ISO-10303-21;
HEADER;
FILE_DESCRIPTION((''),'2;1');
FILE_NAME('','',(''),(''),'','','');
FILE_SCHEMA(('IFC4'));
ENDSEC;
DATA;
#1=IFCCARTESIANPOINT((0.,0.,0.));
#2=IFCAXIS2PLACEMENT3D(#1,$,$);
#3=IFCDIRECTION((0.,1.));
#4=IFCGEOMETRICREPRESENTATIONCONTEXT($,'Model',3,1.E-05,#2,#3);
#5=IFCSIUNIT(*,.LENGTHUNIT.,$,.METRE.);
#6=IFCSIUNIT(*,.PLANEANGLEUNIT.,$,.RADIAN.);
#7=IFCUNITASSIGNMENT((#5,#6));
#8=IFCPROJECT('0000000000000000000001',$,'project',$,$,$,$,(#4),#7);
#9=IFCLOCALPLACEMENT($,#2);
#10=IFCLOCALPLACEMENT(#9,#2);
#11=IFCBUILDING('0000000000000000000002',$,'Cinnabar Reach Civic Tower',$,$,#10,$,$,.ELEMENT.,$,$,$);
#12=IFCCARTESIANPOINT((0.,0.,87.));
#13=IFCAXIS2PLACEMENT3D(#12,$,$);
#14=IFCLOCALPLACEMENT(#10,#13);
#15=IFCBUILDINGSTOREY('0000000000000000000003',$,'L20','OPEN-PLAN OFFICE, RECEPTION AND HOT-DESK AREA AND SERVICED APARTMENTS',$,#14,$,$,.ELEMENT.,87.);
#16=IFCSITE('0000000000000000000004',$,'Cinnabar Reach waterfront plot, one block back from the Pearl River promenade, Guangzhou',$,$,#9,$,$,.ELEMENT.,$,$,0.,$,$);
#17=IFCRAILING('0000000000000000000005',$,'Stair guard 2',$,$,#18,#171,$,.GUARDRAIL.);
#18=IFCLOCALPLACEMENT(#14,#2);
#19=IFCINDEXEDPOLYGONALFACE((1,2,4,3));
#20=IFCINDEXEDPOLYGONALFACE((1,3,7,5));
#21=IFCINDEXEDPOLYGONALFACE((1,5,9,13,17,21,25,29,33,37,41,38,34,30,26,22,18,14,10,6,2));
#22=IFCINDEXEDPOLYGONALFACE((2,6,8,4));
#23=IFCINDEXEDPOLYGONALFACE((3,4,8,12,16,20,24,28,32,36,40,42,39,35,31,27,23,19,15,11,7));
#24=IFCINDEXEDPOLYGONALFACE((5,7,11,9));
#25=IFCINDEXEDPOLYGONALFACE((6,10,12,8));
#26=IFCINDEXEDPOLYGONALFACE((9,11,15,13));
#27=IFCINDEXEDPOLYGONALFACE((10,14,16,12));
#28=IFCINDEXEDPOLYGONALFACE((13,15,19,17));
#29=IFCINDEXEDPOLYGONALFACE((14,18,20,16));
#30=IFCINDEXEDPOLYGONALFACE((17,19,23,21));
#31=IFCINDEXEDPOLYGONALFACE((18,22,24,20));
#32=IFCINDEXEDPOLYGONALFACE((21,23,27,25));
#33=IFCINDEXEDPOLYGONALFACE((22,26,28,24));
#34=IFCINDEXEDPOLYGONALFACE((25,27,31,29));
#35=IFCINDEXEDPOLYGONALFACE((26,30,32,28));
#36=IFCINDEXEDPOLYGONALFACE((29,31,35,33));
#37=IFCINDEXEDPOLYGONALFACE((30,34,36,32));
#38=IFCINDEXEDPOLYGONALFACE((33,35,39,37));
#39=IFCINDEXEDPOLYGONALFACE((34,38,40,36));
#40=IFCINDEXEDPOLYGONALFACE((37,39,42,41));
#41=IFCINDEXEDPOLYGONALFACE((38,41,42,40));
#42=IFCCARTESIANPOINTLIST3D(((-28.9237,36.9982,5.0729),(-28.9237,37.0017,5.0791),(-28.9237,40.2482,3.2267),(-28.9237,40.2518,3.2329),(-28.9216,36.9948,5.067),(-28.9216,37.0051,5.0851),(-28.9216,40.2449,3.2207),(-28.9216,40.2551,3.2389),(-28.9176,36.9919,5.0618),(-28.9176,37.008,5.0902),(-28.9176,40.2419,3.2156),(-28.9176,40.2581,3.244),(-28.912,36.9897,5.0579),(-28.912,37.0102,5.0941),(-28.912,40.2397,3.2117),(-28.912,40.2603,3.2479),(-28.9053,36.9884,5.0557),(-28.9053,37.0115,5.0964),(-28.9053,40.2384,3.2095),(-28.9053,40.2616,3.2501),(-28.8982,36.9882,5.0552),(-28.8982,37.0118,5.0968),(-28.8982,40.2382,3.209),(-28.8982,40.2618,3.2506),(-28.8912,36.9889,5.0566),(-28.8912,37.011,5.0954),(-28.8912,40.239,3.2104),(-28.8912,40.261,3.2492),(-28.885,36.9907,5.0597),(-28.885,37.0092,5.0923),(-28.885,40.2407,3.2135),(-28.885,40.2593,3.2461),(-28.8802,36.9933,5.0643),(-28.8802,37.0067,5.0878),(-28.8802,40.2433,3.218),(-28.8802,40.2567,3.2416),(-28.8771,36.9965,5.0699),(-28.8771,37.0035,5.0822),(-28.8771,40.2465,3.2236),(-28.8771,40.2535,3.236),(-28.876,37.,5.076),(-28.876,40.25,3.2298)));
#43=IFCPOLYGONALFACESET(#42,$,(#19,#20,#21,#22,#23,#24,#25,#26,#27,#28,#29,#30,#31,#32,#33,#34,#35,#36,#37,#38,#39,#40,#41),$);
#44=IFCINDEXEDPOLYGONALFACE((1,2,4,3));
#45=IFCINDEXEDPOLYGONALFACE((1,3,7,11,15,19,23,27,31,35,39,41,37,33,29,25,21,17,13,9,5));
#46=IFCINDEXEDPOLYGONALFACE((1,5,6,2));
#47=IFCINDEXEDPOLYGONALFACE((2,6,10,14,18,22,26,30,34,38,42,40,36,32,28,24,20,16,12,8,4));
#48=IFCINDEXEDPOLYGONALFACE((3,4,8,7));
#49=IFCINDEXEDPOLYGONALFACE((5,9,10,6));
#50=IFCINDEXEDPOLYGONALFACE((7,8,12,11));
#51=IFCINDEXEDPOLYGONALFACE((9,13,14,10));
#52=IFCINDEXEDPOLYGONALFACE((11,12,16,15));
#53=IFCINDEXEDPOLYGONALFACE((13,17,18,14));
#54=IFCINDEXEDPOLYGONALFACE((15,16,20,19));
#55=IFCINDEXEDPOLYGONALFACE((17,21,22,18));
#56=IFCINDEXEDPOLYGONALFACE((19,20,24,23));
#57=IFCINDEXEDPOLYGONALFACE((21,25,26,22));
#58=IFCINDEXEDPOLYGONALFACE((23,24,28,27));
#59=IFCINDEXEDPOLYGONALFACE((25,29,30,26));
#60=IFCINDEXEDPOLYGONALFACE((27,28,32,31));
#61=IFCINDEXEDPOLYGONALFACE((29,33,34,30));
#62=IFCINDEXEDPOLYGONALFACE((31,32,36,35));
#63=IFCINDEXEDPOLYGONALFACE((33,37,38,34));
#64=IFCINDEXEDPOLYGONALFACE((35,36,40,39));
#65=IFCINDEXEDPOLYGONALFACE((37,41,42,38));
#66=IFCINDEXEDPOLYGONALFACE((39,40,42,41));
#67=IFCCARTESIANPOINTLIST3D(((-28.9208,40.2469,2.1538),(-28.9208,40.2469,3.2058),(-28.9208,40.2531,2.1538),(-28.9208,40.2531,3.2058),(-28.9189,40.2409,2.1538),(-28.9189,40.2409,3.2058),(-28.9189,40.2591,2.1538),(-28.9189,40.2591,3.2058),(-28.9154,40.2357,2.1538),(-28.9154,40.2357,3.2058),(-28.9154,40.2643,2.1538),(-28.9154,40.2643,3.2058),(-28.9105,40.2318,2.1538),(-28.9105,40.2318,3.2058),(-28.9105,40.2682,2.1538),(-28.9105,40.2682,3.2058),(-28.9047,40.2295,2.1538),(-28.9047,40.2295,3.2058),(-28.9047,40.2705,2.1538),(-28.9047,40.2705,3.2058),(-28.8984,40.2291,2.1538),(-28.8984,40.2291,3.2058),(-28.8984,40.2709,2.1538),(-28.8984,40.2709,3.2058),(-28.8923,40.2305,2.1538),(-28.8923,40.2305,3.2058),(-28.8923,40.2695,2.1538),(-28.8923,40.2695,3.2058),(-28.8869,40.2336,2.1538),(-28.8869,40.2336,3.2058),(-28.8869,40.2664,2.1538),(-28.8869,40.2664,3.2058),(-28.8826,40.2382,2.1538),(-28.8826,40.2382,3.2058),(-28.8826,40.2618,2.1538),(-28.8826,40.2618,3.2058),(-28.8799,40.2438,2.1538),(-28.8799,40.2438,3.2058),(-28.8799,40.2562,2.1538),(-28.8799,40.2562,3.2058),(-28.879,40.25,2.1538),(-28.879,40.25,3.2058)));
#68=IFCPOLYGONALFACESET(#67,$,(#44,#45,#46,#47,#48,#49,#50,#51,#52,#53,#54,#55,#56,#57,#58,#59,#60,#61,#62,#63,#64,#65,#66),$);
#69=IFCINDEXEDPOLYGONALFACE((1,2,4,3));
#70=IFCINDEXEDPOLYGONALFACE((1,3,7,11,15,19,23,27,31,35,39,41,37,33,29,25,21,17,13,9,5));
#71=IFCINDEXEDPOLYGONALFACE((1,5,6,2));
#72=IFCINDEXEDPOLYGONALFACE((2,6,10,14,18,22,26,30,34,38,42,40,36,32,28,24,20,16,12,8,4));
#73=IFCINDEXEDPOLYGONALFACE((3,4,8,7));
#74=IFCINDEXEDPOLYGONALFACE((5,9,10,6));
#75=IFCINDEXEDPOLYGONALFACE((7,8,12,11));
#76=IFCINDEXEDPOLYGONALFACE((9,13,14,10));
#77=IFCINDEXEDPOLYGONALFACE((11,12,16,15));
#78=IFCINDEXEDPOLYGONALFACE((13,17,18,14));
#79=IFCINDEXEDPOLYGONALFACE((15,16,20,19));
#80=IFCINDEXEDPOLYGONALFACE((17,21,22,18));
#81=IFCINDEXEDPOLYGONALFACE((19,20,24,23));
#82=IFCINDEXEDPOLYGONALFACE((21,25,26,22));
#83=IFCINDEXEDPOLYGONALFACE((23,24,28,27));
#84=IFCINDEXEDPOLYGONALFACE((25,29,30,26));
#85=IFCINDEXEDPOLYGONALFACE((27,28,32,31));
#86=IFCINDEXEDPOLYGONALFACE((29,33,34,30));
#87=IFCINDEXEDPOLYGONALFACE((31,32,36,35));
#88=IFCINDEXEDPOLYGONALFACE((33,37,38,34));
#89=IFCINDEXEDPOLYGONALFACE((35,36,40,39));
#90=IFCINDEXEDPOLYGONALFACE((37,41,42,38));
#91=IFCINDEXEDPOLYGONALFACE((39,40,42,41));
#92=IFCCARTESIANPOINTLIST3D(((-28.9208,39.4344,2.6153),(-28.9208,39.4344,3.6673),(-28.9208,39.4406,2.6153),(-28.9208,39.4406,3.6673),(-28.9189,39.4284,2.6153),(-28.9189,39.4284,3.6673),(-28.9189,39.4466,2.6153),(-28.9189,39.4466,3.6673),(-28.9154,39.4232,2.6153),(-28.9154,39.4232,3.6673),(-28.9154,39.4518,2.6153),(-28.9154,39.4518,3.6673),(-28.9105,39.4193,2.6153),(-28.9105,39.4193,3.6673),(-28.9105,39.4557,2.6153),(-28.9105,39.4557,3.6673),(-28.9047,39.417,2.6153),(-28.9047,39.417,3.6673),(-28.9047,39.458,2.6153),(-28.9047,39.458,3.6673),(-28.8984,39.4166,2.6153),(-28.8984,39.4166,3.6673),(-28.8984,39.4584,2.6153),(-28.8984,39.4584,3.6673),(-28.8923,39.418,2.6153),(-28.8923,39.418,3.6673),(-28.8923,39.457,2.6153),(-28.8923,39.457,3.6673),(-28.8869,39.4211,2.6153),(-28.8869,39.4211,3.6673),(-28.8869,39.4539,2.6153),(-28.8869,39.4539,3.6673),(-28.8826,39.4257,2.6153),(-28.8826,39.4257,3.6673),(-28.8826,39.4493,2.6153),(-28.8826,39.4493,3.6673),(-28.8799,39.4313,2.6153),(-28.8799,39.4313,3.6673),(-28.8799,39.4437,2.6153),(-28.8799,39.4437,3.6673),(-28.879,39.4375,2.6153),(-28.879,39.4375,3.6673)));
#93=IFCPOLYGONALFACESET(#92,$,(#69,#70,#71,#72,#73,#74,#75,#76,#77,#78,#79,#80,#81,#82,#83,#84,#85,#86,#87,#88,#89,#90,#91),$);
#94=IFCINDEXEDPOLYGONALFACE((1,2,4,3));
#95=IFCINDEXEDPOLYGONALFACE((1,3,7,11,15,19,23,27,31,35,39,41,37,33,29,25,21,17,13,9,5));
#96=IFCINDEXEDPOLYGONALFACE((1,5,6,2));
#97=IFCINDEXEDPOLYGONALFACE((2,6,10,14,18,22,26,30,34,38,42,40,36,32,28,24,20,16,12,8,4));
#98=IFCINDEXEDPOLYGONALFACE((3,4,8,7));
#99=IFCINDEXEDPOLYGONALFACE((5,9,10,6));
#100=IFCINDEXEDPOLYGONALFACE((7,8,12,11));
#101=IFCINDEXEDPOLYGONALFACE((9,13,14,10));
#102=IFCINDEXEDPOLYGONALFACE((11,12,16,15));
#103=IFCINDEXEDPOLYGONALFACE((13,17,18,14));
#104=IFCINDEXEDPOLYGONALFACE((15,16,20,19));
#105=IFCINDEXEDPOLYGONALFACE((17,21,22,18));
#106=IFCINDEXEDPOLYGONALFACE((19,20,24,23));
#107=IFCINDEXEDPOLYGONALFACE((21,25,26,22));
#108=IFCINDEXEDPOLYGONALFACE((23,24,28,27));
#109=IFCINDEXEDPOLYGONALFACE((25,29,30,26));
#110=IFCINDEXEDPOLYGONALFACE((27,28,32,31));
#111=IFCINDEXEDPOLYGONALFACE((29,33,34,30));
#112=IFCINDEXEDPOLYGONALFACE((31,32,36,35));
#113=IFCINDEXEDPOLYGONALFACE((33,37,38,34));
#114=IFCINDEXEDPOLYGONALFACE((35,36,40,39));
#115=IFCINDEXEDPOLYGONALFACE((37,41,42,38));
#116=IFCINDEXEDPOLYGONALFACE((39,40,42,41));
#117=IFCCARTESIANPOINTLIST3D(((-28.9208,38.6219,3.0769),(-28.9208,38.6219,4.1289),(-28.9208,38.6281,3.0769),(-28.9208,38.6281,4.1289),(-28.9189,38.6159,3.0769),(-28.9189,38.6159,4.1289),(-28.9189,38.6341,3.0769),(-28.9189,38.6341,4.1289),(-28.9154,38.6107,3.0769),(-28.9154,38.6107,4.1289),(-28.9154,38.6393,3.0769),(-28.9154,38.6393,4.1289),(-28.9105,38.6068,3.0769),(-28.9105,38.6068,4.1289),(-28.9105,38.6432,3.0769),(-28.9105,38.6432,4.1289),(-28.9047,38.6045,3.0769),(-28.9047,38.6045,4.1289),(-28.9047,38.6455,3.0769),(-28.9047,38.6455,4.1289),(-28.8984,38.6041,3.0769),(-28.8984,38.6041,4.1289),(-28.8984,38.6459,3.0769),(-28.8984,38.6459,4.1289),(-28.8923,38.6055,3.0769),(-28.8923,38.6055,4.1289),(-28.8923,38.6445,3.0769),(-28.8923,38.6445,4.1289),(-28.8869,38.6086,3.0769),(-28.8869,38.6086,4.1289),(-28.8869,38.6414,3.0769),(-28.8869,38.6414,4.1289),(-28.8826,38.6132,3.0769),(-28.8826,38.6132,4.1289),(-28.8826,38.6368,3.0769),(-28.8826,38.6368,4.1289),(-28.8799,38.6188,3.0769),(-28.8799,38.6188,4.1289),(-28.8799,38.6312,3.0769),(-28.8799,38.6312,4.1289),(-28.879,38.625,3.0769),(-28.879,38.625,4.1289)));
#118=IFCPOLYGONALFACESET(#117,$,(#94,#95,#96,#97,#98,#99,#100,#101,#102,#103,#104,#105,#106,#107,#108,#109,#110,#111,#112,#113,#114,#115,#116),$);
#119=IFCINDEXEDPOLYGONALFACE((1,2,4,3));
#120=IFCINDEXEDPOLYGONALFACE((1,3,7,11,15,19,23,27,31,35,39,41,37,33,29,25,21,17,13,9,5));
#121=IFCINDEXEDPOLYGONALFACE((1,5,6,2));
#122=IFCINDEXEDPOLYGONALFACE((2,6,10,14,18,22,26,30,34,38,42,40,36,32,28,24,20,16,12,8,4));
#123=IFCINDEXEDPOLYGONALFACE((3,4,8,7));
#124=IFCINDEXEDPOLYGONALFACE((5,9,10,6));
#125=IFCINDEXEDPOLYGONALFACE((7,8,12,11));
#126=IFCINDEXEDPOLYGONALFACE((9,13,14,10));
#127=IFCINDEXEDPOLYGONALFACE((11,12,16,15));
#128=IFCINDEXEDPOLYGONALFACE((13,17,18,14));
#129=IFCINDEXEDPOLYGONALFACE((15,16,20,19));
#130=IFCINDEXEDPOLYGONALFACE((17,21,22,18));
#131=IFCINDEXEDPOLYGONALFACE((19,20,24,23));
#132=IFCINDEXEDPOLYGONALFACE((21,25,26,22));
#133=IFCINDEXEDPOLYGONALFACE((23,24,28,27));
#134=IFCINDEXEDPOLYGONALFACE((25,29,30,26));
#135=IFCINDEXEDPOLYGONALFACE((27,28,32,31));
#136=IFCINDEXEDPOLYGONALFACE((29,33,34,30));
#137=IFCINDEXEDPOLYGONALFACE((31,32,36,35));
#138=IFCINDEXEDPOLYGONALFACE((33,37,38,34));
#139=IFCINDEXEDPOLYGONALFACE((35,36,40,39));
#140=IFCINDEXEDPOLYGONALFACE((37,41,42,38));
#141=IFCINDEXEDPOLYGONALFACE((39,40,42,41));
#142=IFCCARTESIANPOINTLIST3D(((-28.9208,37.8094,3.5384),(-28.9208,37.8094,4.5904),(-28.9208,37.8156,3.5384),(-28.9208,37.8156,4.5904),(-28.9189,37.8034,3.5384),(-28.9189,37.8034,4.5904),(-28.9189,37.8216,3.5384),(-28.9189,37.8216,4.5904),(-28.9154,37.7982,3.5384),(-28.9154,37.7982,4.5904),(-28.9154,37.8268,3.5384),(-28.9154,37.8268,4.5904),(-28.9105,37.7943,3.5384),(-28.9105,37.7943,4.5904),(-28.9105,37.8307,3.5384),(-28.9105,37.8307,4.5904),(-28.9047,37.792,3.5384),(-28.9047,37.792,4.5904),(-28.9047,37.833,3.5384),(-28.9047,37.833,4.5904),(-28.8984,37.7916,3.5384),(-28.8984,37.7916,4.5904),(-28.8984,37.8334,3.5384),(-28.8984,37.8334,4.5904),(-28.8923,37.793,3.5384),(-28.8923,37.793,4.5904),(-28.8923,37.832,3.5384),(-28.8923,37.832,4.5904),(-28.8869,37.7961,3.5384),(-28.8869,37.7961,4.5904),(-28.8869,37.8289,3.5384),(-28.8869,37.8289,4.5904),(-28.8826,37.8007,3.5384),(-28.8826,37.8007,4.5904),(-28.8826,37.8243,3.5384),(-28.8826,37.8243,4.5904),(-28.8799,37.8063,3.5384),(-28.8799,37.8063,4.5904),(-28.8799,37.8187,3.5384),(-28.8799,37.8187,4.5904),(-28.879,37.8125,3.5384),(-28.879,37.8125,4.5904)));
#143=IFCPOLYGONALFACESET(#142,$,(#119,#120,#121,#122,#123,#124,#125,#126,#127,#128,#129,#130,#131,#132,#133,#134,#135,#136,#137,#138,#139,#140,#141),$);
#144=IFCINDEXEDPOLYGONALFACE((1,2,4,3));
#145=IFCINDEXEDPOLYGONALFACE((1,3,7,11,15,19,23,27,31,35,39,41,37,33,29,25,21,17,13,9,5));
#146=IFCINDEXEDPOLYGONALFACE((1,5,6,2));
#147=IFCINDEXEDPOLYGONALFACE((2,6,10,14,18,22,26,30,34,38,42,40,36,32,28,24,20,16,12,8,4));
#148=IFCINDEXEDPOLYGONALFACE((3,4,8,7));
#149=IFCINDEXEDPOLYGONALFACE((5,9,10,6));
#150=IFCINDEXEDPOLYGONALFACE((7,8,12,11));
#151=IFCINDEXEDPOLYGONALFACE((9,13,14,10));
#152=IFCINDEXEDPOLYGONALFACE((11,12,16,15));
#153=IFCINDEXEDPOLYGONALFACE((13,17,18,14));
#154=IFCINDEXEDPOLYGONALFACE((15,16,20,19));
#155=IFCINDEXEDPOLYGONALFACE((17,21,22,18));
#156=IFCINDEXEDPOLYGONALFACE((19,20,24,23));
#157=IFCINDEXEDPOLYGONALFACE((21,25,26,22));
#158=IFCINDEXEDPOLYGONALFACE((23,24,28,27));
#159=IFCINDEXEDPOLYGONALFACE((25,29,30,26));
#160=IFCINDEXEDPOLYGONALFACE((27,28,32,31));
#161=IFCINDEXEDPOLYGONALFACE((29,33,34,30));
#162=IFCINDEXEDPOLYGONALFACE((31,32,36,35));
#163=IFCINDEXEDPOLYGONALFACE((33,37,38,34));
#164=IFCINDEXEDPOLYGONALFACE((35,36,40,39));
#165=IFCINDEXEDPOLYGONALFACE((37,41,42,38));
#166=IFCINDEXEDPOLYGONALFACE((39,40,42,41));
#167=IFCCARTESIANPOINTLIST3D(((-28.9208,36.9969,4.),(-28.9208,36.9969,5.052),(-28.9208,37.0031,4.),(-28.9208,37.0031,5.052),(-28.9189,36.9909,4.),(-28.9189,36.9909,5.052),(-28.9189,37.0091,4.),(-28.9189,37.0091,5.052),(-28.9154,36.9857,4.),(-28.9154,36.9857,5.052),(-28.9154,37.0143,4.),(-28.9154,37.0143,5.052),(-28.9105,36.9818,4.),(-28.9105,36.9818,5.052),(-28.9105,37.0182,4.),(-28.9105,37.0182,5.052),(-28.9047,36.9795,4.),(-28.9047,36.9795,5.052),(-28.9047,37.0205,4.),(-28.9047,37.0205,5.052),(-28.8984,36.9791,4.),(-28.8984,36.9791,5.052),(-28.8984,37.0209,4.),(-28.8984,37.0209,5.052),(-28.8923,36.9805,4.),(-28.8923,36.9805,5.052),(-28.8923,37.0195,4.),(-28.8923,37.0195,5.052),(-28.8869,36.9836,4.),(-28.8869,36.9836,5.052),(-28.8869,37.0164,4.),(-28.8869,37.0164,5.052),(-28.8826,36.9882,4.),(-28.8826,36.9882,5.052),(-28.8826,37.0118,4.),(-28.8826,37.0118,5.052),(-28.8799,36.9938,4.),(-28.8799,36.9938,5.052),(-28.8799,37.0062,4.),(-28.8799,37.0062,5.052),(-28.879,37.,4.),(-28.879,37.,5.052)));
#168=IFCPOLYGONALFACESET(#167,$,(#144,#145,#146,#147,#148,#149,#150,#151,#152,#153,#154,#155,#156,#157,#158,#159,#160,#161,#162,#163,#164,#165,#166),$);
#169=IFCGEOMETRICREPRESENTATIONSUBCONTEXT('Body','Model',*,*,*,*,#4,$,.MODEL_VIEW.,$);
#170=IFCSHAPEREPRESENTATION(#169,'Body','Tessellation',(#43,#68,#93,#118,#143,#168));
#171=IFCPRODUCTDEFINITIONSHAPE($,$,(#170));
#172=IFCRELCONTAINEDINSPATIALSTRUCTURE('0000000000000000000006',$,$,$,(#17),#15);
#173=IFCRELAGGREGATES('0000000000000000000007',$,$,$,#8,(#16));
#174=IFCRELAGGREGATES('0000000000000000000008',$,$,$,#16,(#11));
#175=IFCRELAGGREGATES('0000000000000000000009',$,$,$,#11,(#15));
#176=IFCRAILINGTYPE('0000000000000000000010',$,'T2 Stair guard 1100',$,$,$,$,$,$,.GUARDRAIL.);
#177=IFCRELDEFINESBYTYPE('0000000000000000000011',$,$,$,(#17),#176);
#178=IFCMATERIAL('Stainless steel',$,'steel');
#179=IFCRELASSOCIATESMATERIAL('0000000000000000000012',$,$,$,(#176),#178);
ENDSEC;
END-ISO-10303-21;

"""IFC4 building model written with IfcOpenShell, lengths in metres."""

from ifc_helpers import new_model, si_unit, direction, frame, origin, origin_2d, place, context, subcontext, project, spatial, circle, extrude, material, type_object, element, save


model = new_model("IFC4")

# Units and contexts
model_context = context("Model", 3, precision=1e-05, world=origin(), true_north=direction((0.0, 1.0)))
body_context = subcontext(model_context, "Body", "Model", "MODEL_VIEW")
ifc_project = project(units=[si_unit("LENGTHUNIT", "METRE"), si_unit("PLANEANGLEUNIT", "RADIAN")], contexts=[model_context])

# Site, building, storey
site_placement = place(None, origin())
site = spatial("IfcSite", under=ifc_project, at=site_placement, Name="Cinnabar Reach waterfront plot, one block back from the Pearl River promenade, Guangzhou", CompositionType="ELEMENT", RefElevation=0.0)
building_placement = place(site_placement, origin())
building = spatial("IfcBuilding", under=site, at=building_placement, Name="Cinnabar Reach Civic Tower", CompositionType="ELEMENT")
storey_placement = place(building_placement, frame((0.0, 0.0, 87.0)))
storey = spatial("IfcBuildingStorey", under=building, at=storey_placement, Name="L20", Description="OPEN-PLAN OFFICE, RECEPTION AND HOT-DESK AREA AND SERVICED APARTMENTS", CompositionType="ELEMENT", Elevation=87.0)

# Railing
ifc_material_1 = material(Name="Stainless steel", Category="steel")
railing_type_1 = type_object("IfcRailingType", Name="T2 Stair guard 1100", PredefinedType="GUARDRAIL", material=ifc_material_1)
railing_1_placement = place(storey_placement, frame((-28.9, 40.25, 2.1538)))
element("IfcRailing", 1, at=railing_1_placement, inside=storey, type_object=railing_type_1, Name="Stair guard 2", PredefinedType="GUARDRAIL", context=body_context, shape_type="SweptSolid", body=[
    extrude(circle(Radius=0.024, at=origin_2d()), frame((0.0, 0.0, 1.076), z_axis=(0.0, -0.869501, 0.49393), x_axis=(1.0, 0.0, 0.0)), (0.0, 0.0, 1.0), 3.7378),
    extrude(circle(Radius=0.021, at=origin_2d()), origin(), (0.0, 0.0, 1.0), 1.052),
    extrude(circle(Radius=0.021, at=origin_2d()), frame((0.0, -0.8125, 0.4615)), (0.0, 0.0, 1.0), 1.052),
    extrude(circle(Radius=0.021, at=origin_2d()), frame((0.0, -1.625, 0.9231)), (0.0, 0.0, 1.0), 1.052),
    extrude(circle(Radius=0.021, at=origin_2d()), frame((0.0, -2.4375, 1.3846)), (0.0, 0.0, 1.0), 1.052),
    extrude(circle(Radius=0.021, at=origin_2d()), frame((0.0, -3.25, 1.8462)), (0.0, 0.0, 1.0), 1.052),
])

save(model, "model.ifc")
